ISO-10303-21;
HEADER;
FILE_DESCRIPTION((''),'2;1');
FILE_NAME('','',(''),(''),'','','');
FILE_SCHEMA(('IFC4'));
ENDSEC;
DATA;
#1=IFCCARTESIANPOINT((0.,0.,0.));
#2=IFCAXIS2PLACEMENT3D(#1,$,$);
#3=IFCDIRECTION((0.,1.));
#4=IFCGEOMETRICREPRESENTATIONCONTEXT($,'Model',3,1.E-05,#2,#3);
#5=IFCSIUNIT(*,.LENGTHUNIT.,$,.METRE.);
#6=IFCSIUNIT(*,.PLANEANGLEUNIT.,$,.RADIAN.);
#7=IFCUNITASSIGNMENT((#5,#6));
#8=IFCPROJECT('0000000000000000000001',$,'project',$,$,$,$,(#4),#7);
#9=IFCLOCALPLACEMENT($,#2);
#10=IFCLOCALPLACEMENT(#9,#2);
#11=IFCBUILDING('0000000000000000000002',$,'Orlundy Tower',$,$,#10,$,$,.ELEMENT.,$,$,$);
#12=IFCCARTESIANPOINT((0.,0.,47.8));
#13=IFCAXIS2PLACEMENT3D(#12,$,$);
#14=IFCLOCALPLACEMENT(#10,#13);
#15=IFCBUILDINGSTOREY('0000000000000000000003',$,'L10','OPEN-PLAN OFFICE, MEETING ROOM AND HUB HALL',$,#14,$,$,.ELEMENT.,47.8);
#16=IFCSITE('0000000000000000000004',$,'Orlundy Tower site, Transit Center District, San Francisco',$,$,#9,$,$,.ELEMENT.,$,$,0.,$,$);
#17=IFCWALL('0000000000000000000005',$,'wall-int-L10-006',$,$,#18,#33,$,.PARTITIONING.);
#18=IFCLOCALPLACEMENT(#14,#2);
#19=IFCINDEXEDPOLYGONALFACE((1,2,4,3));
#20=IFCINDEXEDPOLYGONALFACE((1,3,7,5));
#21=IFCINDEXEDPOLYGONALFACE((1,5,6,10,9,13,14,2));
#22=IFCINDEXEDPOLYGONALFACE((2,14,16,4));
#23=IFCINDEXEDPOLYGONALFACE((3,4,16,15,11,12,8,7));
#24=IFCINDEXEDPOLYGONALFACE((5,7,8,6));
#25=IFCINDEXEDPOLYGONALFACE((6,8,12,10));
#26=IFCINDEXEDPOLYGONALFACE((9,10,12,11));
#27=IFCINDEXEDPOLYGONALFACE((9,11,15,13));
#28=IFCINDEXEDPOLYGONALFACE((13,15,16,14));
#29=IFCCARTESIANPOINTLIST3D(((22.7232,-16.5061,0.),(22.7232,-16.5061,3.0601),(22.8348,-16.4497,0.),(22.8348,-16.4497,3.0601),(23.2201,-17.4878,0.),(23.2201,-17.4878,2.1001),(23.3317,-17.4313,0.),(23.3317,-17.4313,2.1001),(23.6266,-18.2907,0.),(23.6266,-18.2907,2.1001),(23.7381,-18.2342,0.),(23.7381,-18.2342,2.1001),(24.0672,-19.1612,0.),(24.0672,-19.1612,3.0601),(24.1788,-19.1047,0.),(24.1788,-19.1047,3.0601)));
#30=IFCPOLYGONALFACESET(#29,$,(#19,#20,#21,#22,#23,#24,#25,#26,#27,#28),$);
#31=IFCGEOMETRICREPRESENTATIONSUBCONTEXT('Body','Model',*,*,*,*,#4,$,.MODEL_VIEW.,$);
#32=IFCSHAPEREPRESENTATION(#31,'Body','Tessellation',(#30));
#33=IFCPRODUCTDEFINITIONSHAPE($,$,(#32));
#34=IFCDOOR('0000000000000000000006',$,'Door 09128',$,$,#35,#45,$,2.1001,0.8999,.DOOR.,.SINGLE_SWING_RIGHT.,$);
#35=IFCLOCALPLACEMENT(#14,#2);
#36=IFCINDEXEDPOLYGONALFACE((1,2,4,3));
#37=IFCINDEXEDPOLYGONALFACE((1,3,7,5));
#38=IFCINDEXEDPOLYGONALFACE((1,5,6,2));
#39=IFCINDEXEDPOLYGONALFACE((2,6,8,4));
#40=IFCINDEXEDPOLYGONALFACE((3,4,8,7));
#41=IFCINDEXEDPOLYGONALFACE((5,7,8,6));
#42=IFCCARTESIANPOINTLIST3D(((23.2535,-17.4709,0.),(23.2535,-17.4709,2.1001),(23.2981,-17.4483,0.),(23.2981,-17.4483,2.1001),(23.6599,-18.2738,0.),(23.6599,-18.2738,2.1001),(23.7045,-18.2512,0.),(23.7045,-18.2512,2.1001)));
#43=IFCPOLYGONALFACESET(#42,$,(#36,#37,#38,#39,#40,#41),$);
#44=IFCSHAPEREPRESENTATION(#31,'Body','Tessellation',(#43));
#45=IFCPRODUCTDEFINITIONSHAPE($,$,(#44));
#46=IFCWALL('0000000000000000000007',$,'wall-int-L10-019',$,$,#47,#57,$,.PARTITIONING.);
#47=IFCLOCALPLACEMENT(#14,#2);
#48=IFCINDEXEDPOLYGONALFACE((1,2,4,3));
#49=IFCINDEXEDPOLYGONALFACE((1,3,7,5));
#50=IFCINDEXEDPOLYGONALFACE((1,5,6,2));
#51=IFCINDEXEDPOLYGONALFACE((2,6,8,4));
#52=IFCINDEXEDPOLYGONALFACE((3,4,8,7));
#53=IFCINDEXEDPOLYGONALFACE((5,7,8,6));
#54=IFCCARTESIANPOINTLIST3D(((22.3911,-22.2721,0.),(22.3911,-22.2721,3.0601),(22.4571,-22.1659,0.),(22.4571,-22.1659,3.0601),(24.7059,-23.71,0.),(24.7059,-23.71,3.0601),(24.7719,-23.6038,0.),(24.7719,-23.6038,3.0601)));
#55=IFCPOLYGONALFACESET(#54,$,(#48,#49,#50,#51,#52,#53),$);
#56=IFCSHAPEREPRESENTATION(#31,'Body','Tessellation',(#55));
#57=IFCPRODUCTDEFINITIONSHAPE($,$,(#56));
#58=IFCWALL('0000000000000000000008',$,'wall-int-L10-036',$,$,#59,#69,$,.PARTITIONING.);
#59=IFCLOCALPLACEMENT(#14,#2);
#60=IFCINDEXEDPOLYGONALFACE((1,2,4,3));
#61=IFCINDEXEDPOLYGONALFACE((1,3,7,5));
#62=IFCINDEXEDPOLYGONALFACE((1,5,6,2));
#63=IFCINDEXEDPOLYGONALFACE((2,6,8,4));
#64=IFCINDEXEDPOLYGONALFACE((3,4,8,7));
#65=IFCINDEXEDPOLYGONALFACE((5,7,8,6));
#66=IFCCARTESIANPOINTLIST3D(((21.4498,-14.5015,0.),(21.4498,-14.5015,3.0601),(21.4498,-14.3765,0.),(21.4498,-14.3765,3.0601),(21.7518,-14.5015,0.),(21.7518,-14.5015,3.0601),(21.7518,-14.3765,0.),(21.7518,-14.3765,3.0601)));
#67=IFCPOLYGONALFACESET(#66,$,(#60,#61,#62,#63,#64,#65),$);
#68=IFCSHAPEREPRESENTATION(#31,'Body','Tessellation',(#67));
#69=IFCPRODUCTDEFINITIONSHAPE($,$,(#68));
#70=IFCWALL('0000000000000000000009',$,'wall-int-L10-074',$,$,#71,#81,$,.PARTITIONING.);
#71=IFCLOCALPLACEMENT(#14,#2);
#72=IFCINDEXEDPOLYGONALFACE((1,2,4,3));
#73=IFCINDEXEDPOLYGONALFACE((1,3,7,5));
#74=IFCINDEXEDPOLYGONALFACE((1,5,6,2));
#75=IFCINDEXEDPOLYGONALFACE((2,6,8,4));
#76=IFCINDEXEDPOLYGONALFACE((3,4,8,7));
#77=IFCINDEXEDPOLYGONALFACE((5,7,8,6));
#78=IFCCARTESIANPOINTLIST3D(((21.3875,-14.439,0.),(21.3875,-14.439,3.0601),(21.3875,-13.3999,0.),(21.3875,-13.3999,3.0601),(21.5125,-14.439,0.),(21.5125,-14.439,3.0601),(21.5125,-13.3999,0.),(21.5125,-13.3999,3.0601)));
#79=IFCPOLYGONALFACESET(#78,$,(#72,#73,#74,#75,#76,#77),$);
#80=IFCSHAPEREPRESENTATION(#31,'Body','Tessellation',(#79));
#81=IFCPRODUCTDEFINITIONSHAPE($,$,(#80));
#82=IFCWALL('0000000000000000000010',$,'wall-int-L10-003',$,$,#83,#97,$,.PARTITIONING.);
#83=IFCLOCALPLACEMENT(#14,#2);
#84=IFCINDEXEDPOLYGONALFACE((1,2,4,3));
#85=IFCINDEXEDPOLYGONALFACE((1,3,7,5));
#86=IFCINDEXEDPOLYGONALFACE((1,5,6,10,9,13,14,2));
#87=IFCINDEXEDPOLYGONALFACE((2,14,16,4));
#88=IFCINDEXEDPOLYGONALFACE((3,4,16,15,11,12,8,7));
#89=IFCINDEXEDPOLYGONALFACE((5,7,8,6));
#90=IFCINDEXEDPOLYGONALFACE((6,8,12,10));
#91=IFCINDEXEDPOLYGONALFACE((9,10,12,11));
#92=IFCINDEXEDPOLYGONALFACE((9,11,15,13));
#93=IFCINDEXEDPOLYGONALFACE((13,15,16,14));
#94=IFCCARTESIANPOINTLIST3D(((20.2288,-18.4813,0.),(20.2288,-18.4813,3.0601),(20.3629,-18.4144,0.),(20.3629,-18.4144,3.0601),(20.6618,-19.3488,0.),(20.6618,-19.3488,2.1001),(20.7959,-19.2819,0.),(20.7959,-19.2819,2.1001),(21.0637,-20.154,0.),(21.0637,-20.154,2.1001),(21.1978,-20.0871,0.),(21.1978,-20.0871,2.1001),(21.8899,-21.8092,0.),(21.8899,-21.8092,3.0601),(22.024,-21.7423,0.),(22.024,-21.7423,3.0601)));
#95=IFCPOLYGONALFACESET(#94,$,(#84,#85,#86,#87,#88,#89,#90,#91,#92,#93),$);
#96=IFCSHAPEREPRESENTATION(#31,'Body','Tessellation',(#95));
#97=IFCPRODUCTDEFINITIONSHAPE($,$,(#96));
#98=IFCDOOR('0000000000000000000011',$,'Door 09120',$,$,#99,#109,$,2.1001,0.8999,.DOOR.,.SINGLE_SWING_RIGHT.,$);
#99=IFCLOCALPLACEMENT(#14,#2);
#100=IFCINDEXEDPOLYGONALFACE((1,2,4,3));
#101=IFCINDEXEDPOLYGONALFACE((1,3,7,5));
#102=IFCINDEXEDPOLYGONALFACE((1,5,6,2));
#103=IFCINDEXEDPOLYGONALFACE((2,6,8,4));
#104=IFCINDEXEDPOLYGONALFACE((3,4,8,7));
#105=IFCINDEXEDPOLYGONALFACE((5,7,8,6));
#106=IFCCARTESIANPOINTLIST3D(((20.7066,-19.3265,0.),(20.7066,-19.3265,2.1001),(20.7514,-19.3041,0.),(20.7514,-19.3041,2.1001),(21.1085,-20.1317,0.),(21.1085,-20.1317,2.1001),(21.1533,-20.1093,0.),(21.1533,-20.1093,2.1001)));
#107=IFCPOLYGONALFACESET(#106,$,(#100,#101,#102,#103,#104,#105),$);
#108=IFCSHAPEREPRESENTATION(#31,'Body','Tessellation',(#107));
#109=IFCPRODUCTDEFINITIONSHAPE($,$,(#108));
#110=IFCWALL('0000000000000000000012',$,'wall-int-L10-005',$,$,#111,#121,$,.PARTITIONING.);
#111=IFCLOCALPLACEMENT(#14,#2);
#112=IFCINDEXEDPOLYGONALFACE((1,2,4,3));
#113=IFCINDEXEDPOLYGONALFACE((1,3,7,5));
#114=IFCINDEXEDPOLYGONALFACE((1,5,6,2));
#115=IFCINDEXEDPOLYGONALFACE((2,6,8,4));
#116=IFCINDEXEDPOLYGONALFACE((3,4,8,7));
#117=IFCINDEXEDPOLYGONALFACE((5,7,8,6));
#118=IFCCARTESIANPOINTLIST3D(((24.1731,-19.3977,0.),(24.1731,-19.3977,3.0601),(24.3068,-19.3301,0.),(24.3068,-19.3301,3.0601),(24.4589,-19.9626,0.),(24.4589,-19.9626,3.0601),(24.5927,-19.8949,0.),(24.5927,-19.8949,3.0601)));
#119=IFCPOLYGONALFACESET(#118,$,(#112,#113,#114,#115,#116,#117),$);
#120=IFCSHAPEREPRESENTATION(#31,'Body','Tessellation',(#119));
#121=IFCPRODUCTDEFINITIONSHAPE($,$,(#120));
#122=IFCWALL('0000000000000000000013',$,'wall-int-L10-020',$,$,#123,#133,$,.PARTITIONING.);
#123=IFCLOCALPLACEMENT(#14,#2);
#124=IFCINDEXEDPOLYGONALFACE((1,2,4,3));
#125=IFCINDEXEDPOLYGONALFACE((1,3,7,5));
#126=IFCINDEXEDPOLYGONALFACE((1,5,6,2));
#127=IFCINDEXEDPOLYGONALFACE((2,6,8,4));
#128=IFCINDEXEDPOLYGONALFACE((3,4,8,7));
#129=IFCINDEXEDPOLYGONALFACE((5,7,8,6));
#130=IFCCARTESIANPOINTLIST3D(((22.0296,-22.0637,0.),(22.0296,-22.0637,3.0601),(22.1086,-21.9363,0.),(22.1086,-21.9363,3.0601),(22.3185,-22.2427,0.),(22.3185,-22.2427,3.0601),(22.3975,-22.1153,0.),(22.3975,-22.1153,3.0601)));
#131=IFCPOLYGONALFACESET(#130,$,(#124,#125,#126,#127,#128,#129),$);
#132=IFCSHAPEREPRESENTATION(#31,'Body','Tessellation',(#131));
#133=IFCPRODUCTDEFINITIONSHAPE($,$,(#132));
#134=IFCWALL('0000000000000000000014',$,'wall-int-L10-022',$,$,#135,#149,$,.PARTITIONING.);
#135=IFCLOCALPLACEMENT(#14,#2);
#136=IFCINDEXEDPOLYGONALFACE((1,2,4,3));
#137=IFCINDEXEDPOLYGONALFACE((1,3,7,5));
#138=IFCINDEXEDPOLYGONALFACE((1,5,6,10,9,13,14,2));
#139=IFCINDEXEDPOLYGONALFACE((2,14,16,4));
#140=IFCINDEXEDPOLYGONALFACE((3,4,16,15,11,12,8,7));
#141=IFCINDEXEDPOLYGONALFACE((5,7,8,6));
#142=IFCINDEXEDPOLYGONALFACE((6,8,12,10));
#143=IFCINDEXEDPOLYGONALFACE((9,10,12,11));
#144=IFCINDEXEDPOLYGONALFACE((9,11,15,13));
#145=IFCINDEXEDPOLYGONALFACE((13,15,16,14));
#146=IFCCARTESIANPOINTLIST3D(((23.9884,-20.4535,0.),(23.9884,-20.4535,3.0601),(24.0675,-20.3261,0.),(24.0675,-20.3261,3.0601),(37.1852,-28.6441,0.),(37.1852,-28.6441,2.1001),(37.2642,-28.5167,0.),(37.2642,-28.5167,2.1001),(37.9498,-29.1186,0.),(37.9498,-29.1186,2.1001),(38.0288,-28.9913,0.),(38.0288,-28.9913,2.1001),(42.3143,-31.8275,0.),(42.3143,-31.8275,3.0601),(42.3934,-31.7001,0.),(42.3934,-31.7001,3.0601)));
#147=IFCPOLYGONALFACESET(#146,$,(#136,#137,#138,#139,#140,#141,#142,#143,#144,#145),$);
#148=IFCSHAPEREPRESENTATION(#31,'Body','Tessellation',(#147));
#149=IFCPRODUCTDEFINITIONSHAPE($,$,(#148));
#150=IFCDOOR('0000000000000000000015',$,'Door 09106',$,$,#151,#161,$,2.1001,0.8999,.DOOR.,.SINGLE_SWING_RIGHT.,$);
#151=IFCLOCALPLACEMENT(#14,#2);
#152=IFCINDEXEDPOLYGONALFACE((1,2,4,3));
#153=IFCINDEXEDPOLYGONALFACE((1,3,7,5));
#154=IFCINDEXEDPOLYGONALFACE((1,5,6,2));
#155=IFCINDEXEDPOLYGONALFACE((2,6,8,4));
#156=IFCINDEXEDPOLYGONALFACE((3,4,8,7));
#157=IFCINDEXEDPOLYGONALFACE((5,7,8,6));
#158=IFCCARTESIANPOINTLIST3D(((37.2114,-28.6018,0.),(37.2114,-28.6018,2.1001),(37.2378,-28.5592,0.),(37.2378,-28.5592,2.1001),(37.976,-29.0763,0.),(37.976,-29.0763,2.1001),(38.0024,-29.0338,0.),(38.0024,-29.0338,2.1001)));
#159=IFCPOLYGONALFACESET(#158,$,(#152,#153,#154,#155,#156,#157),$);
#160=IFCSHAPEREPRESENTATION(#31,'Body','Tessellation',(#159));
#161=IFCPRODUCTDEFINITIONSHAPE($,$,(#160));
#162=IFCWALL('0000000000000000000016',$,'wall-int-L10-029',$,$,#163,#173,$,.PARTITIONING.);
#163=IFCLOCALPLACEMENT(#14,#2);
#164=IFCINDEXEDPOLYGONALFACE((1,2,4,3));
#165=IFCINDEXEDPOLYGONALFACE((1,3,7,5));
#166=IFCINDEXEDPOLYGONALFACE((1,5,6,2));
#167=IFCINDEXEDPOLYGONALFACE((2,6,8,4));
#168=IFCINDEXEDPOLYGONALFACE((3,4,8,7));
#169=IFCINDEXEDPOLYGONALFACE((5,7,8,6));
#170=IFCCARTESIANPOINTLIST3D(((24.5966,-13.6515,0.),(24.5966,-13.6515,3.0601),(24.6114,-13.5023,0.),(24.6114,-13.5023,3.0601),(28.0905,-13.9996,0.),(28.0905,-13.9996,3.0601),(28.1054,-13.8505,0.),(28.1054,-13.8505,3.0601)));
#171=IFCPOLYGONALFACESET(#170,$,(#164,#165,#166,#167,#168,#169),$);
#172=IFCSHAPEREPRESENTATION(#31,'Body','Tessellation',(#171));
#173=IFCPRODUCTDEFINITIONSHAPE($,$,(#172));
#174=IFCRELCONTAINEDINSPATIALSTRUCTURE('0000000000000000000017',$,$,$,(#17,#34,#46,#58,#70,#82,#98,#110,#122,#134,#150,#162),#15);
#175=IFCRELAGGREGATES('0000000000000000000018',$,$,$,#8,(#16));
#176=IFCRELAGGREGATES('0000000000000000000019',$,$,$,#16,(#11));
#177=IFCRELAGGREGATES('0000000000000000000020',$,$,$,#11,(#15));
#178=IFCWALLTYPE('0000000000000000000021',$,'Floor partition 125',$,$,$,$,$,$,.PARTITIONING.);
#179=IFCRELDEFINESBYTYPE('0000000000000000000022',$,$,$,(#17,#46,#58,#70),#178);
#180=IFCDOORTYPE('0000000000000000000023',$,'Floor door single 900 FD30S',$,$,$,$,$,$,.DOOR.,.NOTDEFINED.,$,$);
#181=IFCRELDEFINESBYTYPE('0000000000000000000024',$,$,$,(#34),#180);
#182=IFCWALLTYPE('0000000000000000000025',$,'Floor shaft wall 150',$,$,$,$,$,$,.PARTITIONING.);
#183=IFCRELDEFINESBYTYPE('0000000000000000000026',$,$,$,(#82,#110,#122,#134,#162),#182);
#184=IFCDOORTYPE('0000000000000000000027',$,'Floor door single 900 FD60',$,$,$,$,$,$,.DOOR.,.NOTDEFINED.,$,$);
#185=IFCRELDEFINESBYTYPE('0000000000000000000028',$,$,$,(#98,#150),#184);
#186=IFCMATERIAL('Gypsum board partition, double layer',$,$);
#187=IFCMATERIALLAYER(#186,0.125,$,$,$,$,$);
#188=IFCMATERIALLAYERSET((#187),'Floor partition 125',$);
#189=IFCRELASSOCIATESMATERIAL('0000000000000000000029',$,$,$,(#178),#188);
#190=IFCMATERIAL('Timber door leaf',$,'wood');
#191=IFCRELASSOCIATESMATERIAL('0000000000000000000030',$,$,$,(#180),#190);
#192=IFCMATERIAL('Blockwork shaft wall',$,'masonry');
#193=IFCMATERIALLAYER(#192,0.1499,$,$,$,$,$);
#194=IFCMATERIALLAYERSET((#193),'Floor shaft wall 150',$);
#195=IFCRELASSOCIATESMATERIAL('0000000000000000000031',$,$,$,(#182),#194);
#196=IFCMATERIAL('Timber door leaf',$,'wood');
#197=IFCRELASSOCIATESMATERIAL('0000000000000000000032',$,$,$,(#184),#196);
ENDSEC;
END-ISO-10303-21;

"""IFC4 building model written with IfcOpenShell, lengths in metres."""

from ifc_helpers import new_model, si_unit, direction, frame, frame_2d, origin, place, context, subcontext, project, spatial, rectangle, extrude, material, layer, layer_set, type_object, element, fill, save


model = new_model("IFC4")

# Units and contexts
model_context = context("Model", 3, precision=1e-05, world=origin(), true_north=direction((0.0, 1.0)))
body_context = subcontext(model_context, "Body", "Model", "MODEL_VIEW")
ifc_project = project(units=[si_unit("LENGTHUNIT", "METRE"), si_unit("PLANEANGLEUNIT", "RADIAN")], contexts=[model_context])

# Site, building, storey
site_placement = place(None, origin())
site = spatial("IfcSite", under=ifc_project, at=site_placement, Name="Orlundy Tower site, Transit Center District, San Francisco", CompositionType="ELEMENT", RefElevation=0.0)
building_placement = place(site_placement, origin())
building = spatial("IfcBuilding", under=site, at=building_placement, Name="Orlundy Tower", CompositionType="ELEMENT")
storey_placement = place(building_placement, frame((0.0, 0.0, 47.8)))
storey = spatial("IfcBuildingStorey", under=building, at=storey_placement, Name="L10", Description="OPEN-PLAN OFFICE, MEETING ROOM AND HUB HALL", CompositionType="ELEMENT", Elevation=47.8)

# Shared definitions
ifc_material_1 = material(Name="Gypsum board partition, double layer")
ifc_layer_1 = layer(ifc_material_1, 0.125)
ifc_layer_set_1 = layer_set([ifc_layer_1], Name="Floor partition 125")
wall_type_1 = type_object("IfcWallType", Name="Floor partition 125", PredefinedType="PARTITIONING", material=ifc_layer_set_1)

# Wall, opening, door
wall_1_placement = place(storey_placement, frame((22.7791, -16.478, 0.0), z_axis=(0.0, 0.0, 1.0), x_axis=(0.451638, -0.892201, 0.0)))
wall_1 = element("IfcWall", 1, at=wall_1_placement, inside=storey, type_object=wall_type_1, Name="wall-int-L10-006", PredefinedType="PARTITIONING", context=body_context, shape_type="SweptSolid", body=[
    extrude(rectangle(XDim=2.9758, YDim=0.125, at=frame_2d((1.4878, 0.0))), origin(), (0.0, 0.0, 1.0), 3.0601),
])
opening_1_placement = place(wall_1_placement, frame((1.1001, 0.0, 0.0)))
opening_1 = element("IfcOpeningElement", 2, at=opening_1_placement, cuts=wall_1, PredefinedType="OPENING", context=body_context, shape_type="SweptSolid", body=[
    extrude(rectangle(XDim=0.8999, YDim=2.1001, at=frame_2d((0.45, 1.05))), frame((0.0, 0.0725, 0.0), z_axis=(0.0, -1.0, 0.0), x_axis=(1.0, 0.0, 0.0)), (0.0, 0.0, 1.0), 0.145),
])
ifc_material_2 = material(Name="Timber door leaf", Category="wood")
door_type_1 = type_object("IfcDoorType", Name="Floor door single 900 FD30S", OperationType="NOTDEFINED", PredefinedType="DOOR", material=ifc_material_2)
door_1_placement = place(opening_1_placement, origin())
door_1 = element("IfcDoor", 3, at=door_1_placement, inside=storey, type_object=door_type_1, Name="Door 09128", OperationType="SINGLE_SWING_RIGHT", OverallHeight=2.1001, OverallWidth=0.8999, PredefinedType="DOOR", context=body_context, shape_type="SweptSolid", body=[
    extrude(rectangle(XDim=0.8999, YDim=2.1001, at=frame_2d((0.45, 1.05))), frame((0.0, 0.0249, 0.0), z_axis=(0.0, -1.0, 0.0), x_axis=(1.0, 0.0, 0.0)), (0.0, 0.0, 1.0), 0.05),
])
fill(opening_1, door_1)

# Walls
wall_2_placement = place(storey_placement, frame((22.4241, -22.219, 0.0), z_axis=(0.0, 0.0, 1.0), x_axis=(0.849455, -0.527662, 0.0)))
element("IfcWall", 4, at=wall_2_placement, inside=storey, type_object=wall_type_1, Name="wall-int-L10-019", PredefinedType="PARTITIONING", context=body_context, shape_type="SweptSolid", body=[
    extrude(rectangle(XDim=2.7251, YDim=0.125, at=frame_2d((1.3625, 0.0))), origin(), (0.0, 0.0, 1.0), 3.0601),
])
wall_3_placement = place(storey_placement, frame((21.45, -14.439, 0.0), z_axis=(0.0, 0.0, 1.0), x_axis=(1.0, 0.0, 0.0)))
element("IfcWall", 5, at=wall_3_placement, inside=storey, type_object=wall_type_1, Name="wall-int-L10-036", PredefinedType="PARTITIONING", context=body_context, shape_type="SweptSolid", body=[
    extrude(rectangle(XDim=0.302, YDim=0.125, at=frame_2d((0.1509, 0.0))), origin(), (0.0, 0.0, 1.0), 3.0601),
])
wall_4_placement = place(storey_placement, frame((21.45, -14.439, 0.0), z_axis=(0.0, 0.0, 1.0), x_axis=(0.0, 1.0, 0.0)))
element("IfcWall", 6, at=wall_4_placement, inside=storey, type_object=wall_type_1, Name="wall-int-L10-074", PredefinedType="PARTITIONING", context=body_context, shape_type="SweptSolid", body=[
    extrude(rectangle(XDim=1.0391, YDim=0.125, at=frame_2d((0.5195, 0.0))), origin(), (0.0, 0.0, 1.0), 3.0601),
])

# Wall, opening, door
ifc_material_3 = material(Name="Blockwork shaft wall", Category="masonry")
ifc_layer_2 = layer(ifc_material_3, 0.1499)
ifc_layer_set_2 = layer_set([ifc_layer_2], Name="Floor shaft wall 150")
wall_type_2 = type_object("IfcWallType", Name="Floor shaft wall 150", PredefinedType="PARTITIONING", material=ifc_layer_set_2)
wall_5_placement = place(storey_placement, frame((21.957, -21.7759, 0.0), z_axis=(0.0, 0.0, 1.0), x_axis=(-0.44661, 0.894729, 0.0)))
wall_5 = element("IfcWall", 7, at=wall_5_placement, inside=storey, type_object=wall_type_2, Name="wall-int-L10-003", PredefinedType="PARTITIONING", context=body_context, shape_type="SweptSolid", body=[
    extrude(rectangle(XDim=3.7195, YDim=0.1499, at=frame_2d((1.8599, 0.0))), origin(), (0.0, 0.0, 1.0), 3.0601),
])
opening_2_placement = place(wall_5_placement, frame((1.8501, 0.0, 0.0)))
opening_2 = element("IfcOpeningElement", 8, at=opening_2_placement, cuts=wall_5, PredefinedType="OPENING", context=body_context, shape_type="SweptSolid", body=[
    extrude(rectangle(XDim=0.8999, YDim=2.1001, at=frame_2d((0.45, 1.05))), frame((0.0, 0.085, 0.0), z_axis=(0.0, -1.0, 0.0), x_axis=(1.0, 0.0, 0.0)), (0.0, 0.0, 1.0), 0.1699),
])
ifc_material_4 = material(Name="Timber door leaf", Category="wood")
door_type_2 = type_object("IfcDoorType", Name="Floor door single 900 FD60", OperationType="NOTDEFINED", PredefinedType="DOOR", material=ifc_material_4)
door_2_placement = place(opening_2_placement, origin())
door_2 = element("IfcDoor", 9, at=door_2_placement, inside=storey, type_object=door_type_2, Name="Door 09120", OperationType="SINGLE_SWING_RIGHT", OverallHeight=2.1001, OverallWidth=0.8999, PredefinedType="DOOR", context=body_context, shape_type="SweptSolid", body=[
    extrude(rectangle(XDim=0.8999, YDim=2.1001, at=frame_2d((0.45, 1.05))), frame((0.0, 0.0249, 0.0), z_axis=(0.0, -1.0, 0.0), x_axis=(1.0, 0.0, 0.0)), (0.0, 0.0, 1.0), 0.05),
])
fill(opening_2, door_2)

# Walls
wall_6_placement = place(storey_placement, frame((24.24, -19.364, 0.0), z_axis=(0.0, 0.0, 1.0), x_axis=(0.451527, -0.892257, 0.0)))
element("IfcWall", 10, at=wall_6_placement, inside=storey, type_object=wall_type_2, Name="wall-int-L10-005", PredefinedType="PARTITIONING", context=body_context, shape_type="SweptSolid", body=[
    extrude(rectangle(XDim=0.6331, YDim=0.1499, at=frame_2d((0.3164, 0.0))), origin(), (0.0, 0.0, 1.0), 3.0601),
])
wall_7_placement = place(storey_placement, frame((22.0691, -22.0, 0.0), z_axis=(0.0, 0.0, 1.0), x_axis=(0.850051, -0.526701, 0.0)))
element("IfcWall", 11, at=wall_7_placement, inside=storey, type_object=wall_type_2, Name="wall-int-L10-020", PredefinedType="PARTITIONING", context=body_context, shape_type="SweptSolid", body=[
    extrude(rectangle(XDim=0.3398, YDim=0.1499, at=frame_2d((0.1699, 0.0))), origin(), (0.0, 0.0, 1.0), 3.0601),
])

# Wall, opening, door
wall_8_placement = place(storey_placement, frame((24.0281, -20.3899, 0.0), z_axis=(0.0, 0.0, 1.0), x_axis=(0.849655, -0.52734, 0.0)))
wall_8 = element("IfcWall", 12, at=wall_8_placement, inside=storey, type_object=wall_type_2, Name="wall-int-L10-022", PredefinedType="PARTITIONING", context=body_context, shape_type="SweptSolid", body=[
    extrude(rectangle(XDim=21.5686, YDim=0.1499, at=frame_2d((10.7842, 0.0))), origin(), (0.0, 0.0, 1.0), 3.0601),
])
opening_3_placement = place(wall_8_placement, frame((15.5317, 0.0, 0.0)))
opening_3 = element("IfcOpeningElement", 13, at=opening_3_placement, cuts=wall_8, PredefinedType="OPENING", context=body_context, shape_type="SweptSolid", body=[
    extrude(rectangle(XDim=0.8999, YDim=2.1001, at=frame_2d((0.45, 1.05))), frame((0.0, 0.085, 0.0), z_axis=(0.0, -1.0, 0.0), x_axis=(1.0, 0.0, 0.0)), (0.0, 0.0, 1.0), 0.1699),
])
door_3_placement = place(opening_3_placement, origin())
door_3 = element("IfcDoor", 14, at=door_3_placement, inside=storey, type_object=door_type_2, Name="Door 09106", OperationType="SINGLE_SWING_RIGHT", OverallHeight=2.1001, OverallWidth=0.8999, PredefinedType="DOOR", context=body_context, shape_type="SweptSolid", body=[
    extrude(rectangle(XDim=0.8999, YDim=2.1001, at=frame_2d((0.45, 1.05))), frame((0.0, 0.0249, 0.0), z_axis=(0.0, -1.0, 0.0), x_axis=(1.0, 0.0, 0.0)), (0.0, 0.0, 1.0), 0.05),
])
fill(opening_3, door_3)

# Wall
wall_9_placement = place(storey_placement, frame((24.604, -13.5769, 0.0), z_axis=(0.0, 0.0, 1.0), x_axis=(0.995072, -0.099153, 0.0)))
element("IfcWall", 15, at=wall_9_placement, inside=storey, type_object=wall_type_2, Name="wall-int-L10-029", PredefinedType="PARTITIONING", context=body_context, shape_type="SweptSolid", body=[
    extrude(rectangle(XDim=3.5112, YDim=0.1499, at=frame_2d((1.7556, 0.0))), origin(), (0.0, 0.0, 1.0), 3.0601),
])

save(model, "model.ifc")
